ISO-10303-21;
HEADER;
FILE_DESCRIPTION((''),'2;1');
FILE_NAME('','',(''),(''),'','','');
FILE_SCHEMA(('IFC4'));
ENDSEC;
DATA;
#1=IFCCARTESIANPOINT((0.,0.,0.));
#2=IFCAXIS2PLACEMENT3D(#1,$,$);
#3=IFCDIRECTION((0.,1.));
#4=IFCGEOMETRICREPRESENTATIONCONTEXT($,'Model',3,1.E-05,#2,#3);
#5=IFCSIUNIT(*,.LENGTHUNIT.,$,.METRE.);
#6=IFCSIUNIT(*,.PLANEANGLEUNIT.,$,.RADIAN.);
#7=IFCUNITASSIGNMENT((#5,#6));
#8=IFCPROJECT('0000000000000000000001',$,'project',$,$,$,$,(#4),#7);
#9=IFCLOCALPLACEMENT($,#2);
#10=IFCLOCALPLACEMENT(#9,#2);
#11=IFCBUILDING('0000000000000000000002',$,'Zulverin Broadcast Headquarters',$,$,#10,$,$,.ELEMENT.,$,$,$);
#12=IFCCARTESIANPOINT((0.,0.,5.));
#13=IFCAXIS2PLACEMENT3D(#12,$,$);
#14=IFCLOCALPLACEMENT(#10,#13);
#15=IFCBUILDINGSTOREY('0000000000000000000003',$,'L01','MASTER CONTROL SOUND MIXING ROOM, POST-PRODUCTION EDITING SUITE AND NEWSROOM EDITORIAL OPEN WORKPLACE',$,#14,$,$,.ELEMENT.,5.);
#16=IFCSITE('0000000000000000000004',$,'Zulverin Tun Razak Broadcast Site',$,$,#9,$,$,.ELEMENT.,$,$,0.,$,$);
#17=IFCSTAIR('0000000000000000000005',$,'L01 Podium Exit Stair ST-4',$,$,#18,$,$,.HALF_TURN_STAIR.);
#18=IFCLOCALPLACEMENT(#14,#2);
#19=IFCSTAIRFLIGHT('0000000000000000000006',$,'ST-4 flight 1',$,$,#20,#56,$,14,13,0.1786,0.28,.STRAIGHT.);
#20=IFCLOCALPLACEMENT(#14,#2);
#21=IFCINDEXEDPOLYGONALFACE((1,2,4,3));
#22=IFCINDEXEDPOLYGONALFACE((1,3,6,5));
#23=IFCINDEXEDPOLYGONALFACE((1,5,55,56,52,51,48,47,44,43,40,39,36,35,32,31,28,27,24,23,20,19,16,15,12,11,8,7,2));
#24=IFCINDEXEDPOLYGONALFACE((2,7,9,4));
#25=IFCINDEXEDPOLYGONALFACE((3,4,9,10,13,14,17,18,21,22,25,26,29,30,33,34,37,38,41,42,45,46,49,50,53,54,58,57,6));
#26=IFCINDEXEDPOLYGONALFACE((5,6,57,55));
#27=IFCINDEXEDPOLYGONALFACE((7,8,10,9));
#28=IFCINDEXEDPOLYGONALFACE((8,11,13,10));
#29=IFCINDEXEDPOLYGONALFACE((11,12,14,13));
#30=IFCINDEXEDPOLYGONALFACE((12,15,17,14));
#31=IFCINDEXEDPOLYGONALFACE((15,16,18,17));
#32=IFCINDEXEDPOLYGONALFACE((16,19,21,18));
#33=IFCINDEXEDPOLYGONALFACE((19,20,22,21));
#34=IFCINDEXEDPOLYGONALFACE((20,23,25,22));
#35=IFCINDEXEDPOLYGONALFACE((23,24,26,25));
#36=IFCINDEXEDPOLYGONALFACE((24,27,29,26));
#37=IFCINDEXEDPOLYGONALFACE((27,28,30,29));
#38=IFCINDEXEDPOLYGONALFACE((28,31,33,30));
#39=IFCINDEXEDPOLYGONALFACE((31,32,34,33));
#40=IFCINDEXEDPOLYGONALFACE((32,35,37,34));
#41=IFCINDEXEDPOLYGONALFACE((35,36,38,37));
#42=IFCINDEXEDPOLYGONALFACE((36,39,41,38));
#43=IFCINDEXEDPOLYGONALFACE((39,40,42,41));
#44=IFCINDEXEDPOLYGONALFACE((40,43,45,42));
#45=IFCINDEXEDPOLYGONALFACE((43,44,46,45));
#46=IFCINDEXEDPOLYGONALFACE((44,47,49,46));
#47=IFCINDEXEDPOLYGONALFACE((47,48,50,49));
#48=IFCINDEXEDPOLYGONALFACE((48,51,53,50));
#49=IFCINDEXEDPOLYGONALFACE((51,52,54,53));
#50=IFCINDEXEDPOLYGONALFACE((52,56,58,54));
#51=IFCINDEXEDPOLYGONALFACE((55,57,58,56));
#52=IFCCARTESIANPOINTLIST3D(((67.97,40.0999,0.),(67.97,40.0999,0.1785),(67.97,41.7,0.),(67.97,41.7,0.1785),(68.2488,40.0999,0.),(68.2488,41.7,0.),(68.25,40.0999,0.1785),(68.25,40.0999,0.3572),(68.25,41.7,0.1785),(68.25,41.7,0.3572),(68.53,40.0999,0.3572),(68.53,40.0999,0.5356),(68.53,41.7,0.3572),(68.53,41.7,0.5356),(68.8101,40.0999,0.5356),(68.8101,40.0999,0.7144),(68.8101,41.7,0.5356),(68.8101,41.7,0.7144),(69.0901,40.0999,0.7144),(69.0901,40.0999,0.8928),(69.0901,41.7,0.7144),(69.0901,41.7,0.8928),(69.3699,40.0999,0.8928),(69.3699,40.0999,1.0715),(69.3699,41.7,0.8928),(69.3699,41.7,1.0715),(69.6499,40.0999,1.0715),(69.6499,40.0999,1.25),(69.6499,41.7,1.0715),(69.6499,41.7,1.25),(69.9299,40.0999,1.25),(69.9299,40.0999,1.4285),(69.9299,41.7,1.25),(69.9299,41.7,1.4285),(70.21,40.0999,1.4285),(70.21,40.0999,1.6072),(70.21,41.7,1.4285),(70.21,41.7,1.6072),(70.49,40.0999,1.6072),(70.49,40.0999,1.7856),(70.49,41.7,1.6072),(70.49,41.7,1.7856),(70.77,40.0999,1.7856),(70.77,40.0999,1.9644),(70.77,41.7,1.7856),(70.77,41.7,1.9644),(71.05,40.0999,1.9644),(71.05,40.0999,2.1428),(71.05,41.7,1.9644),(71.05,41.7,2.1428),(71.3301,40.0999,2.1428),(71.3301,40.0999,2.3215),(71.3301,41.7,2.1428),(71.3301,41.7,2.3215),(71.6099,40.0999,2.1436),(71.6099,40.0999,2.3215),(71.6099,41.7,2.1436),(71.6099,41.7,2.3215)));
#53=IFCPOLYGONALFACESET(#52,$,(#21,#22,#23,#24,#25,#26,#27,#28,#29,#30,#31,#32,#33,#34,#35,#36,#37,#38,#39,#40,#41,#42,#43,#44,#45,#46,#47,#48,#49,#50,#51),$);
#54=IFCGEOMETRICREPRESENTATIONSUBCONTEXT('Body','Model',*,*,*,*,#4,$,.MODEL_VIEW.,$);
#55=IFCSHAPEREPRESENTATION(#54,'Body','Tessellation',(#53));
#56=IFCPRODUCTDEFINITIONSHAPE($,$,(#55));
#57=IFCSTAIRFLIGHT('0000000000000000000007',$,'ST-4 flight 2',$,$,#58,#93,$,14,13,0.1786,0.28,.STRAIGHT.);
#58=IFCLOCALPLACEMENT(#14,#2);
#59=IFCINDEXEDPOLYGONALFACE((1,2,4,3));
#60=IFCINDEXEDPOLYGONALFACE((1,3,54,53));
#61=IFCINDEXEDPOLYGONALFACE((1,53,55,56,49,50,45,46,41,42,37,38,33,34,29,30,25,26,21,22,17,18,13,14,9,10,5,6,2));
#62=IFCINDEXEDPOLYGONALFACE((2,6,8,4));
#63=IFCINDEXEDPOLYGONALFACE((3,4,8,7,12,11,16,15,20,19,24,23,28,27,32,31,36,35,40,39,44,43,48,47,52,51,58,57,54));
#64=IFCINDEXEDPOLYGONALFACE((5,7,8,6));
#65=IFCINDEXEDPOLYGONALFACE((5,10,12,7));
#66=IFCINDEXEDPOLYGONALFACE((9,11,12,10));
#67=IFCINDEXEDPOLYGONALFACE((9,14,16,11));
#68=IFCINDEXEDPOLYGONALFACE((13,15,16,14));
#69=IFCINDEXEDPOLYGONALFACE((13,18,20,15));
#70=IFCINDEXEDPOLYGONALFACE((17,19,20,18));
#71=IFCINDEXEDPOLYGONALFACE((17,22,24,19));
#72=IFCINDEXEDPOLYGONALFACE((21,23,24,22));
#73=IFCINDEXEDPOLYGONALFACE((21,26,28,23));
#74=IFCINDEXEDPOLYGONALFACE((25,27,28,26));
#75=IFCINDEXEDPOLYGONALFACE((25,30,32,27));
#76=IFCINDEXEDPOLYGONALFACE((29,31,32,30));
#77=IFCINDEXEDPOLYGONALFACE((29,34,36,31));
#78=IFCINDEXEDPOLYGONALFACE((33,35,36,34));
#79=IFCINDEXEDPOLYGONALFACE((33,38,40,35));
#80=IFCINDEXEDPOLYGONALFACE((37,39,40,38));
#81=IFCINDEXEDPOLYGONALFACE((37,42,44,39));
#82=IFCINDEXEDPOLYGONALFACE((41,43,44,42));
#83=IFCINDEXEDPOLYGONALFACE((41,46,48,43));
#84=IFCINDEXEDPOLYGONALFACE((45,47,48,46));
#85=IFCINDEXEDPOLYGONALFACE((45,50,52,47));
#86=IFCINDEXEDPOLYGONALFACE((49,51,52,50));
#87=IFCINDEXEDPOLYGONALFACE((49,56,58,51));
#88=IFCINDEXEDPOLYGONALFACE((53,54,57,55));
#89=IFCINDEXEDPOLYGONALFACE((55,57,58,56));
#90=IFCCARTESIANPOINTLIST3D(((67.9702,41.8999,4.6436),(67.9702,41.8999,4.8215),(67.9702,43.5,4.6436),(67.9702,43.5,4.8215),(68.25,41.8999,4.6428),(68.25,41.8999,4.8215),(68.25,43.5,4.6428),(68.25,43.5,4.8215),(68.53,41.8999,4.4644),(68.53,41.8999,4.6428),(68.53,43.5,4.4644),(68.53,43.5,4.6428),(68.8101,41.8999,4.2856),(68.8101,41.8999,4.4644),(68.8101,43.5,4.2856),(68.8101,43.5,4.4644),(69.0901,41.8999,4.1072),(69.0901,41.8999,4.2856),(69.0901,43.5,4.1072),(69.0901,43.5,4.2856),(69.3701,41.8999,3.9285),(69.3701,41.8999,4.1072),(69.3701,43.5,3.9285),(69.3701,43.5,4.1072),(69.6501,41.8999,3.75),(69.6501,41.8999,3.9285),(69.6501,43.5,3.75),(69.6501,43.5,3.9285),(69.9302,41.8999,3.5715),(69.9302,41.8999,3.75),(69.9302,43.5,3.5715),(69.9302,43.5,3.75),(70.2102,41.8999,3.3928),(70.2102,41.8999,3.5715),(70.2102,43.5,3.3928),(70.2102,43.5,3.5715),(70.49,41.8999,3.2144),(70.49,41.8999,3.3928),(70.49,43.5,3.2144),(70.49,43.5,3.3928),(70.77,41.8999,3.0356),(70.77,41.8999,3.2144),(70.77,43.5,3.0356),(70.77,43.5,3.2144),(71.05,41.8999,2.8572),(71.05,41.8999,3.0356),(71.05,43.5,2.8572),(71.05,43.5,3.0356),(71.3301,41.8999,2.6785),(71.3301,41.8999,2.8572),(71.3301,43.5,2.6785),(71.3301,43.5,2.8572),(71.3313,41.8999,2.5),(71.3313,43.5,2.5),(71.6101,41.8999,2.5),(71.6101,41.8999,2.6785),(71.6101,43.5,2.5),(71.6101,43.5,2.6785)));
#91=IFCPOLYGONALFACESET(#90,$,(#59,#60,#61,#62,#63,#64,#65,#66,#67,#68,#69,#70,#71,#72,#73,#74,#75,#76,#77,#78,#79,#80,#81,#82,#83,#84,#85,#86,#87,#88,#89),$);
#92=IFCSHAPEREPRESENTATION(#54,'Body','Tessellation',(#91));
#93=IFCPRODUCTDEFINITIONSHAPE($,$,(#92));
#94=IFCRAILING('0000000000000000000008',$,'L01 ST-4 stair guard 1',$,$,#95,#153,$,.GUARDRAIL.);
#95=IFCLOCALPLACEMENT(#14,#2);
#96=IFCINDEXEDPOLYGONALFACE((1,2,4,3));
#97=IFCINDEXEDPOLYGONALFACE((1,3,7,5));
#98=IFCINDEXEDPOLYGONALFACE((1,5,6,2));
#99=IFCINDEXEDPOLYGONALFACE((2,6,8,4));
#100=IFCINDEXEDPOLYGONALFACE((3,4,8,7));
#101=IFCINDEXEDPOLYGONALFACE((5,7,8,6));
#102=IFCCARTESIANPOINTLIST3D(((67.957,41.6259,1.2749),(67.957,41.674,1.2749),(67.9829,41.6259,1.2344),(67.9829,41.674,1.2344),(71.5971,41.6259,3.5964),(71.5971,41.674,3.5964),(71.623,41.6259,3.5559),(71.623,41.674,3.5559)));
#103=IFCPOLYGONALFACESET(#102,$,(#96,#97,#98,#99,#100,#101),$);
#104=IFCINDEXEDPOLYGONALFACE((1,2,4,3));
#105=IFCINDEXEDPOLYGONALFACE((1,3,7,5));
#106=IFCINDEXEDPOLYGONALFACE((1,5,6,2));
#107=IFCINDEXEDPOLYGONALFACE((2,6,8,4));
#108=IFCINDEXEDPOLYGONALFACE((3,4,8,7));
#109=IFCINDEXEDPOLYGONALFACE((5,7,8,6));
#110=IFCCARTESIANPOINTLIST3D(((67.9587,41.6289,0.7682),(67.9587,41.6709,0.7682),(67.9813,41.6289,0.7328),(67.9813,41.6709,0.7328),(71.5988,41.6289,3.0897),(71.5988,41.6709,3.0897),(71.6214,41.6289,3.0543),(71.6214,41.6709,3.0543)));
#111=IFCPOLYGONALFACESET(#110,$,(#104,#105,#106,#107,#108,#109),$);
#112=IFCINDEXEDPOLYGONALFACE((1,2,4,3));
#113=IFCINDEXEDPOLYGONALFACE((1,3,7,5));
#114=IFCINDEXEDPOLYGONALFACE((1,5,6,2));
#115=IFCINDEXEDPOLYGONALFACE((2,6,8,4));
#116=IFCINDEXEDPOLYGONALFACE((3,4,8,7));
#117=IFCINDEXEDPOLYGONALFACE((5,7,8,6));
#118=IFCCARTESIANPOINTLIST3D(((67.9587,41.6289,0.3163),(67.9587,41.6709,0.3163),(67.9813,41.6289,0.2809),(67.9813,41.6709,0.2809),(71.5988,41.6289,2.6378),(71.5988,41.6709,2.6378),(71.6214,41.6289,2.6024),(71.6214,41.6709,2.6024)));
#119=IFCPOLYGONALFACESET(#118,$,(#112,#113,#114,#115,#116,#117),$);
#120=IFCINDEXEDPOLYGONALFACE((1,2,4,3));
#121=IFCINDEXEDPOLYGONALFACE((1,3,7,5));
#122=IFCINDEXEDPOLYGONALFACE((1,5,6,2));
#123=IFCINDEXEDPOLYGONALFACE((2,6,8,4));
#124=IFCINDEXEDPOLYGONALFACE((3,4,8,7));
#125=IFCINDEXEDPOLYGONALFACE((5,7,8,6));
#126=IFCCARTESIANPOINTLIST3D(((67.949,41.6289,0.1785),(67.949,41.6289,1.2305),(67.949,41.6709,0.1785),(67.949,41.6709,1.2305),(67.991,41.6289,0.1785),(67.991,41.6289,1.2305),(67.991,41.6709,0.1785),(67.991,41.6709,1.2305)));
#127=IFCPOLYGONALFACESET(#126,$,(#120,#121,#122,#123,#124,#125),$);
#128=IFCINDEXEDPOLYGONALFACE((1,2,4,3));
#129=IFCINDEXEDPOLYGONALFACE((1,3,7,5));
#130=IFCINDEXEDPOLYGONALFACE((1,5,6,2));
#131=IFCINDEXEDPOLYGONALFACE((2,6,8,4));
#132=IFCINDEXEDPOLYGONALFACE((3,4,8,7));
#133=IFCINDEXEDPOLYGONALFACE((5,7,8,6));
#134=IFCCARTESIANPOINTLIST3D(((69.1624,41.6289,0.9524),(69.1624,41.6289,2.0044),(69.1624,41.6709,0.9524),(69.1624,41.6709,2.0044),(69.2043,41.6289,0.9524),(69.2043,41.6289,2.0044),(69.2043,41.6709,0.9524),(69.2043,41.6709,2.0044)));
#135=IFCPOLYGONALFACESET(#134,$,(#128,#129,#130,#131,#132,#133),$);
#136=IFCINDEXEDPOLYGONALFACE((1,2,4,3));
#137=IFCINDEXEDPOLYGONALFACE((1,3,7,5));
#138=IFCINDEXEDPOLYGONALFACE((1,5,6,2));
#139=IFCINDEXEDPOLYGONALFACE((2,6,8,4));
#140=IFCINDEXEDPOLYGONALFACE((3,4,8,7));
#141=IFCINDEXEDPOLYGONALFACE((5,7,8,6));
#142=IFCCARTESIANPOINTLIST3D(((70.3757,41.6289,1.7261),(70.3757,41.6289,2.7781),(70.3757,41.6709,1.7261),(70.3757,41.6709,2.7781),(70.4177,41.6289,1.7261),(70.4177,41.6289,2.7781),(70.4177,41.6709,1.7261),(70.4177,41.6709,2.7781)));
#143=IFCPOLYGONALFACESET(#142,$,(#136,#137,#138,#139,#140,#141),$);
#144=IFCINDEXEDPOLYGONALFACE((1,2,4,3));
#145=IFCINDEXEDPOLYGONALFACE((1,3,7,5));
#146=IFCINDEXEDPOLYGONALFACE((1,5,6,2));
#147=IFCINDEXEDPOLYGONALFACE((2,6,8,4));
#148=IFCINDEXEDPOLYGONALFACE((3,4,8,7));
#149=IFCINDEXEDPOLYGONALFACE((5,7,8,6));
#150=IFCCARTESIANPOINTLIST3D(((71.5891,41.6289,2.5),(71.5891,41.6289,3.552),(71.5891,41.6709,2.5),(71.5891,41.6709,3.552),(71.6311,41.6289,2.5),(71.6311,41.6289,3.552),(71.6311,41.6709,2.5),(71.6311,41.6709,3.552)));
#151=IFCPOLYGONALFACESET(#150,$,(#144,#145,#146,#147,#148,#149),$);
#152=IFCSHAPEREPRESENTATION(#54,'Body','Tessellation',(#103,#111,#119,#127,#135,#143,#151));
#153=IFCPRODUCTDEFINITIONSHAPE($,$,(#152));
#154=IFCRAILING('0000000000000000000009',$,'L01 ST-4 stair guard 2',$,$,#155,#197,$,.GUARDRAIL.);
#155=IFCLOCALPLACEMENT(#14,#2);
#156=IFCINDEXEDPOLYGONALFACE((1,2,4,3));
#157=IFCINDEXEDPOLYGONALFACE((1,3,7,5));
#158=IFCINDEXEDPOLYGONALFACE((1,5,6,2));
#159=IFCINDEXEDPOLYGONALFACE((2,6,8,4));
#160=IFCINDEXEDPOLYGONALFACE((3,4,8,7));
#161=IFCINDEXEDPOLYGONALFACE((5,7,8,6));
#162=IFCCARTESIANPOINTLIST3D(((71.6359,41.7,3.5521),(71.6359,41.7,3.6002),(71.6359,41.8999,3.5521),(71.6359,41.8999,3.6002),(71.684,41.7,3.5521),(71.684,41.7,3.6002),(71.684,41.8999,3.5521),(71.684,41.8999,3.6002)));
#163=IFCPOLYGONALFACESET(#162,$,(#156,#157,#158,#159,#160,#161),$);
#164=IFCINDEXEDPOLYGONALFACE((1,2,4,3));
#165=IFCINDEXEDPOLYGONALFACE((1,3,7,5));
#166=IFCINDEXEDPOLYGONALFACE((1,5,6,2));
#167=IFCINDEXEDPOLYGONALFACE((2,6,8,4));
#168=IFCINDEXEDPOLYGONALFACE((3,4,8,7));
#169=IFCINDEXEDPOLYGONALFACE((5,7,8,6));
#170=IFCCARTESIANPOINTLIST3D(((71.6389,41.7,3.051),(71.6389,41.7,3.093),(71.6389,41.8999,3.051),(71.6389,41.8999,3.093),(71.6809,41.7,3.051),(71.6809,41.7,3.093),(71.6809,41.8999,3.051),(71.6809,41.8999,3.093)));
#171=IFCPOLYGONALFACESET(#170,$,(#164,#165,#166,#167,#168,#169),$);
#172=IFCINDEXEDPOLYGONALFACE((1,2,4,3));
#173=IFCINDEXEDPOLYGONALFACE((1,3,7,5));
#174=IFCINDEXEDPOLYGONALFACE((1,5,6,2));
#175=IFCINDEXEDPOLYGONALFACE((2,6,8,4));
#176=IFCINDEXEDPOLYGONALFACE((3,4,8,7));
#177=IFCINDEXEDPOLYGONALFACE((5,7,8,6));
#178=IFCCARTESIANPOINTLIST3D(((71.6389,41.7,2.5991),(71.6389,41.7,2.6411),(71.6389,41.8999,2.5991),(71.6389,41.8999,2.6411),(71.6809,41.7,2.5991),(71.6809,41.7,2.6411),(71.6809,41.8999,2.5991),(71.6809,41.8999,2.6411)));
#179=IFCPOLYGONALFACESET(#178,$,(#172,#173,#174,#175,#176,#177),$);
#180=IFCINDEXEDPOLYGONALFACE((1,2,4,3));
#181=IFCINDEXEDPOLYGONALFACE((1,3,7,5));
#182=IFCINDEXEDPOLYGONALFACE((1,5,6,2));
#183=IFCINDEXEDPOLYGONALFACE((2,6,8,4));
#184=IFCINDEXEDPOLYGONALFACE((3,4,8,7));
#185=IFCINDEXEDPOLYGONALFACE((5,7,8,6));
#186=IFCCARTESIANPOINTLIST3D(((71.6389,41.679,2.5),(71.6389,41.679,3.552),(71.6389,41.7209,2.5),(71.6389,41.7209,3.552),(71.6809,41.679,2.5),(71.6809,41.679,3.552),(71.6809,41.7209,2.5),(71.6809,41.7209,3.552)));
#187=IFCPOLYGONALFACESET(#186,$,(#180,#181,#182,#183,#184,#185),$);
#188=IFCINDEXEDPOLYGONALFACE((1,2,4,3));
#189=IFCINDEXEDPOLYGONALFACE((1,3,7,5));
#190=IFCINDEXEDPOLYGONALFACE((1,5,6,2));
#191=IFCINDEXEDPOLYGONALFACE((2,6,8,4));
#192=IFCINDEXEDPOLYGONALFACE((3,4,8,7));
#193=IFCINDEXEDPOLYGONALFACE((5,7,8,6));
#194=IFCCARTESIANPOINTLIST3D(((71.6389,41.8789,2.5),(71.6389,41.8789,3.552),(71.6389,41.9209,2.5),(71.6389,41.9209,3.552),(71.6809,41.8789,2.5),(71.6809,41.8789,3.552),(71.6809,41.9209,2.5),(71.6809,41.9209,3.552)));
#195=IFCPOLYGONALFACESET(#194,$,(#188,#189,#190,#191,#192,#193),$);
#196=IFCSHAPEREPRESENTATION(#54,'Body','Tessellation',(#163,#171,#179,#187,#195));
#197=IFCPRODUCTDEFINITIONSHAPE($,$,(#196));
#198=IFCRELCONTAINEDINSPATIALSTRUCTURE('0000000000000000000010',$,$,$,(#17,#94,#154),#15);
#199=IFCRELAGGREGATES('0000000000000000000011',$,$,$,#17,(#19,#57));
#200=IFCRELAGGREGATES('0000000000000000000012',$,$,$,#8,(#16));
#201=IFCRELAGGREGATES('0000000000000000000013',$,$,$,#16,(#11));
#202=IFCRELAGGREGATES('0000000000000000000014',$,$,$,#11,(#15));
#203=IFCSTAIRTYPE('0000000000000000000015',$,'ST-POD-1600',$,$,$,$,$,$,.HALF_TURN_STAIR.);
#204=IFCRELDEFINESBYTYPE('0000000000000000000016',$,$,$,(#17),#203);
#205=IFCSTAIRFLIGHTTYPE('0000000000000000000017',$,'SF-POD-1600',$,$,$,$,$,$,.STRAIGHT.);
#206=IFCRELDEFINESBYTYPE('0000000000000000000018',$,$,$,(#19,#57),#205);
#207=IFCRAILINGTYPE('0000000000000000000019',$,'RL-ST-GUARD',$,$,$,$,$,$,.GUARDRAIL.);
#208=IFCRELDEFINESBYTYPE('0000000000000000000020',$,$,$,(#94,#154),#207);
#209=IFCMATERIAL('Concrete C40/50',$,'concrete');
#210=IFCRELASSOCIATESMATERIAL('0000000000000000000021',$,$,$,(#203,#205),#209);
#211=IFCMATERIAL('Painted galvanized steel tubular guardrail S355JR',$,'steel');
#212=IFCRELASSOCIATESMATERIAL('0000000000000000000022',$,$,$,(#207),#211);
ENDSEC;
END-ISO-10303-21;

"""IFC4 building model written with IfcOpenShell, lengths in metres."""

from ifc_helpers import new_model, si_unit, direction, frame, origin, origin_2d, place, context, subcontext, project, spatial, polyline, rectangle, outline, extrude, material, type_object, element, aggregate, save


model = new_model("IFC4")

# Units and contexts
model_context = context("Model", 3, precision=1e-05, world=origin(), true_north=direction((0.0, 1.0)))
body_context = subcontext(model_context, "Body", "Model", "MODEL_VIEW")
ifc_project = project(units=[si_unit("LENGTHUNIT", "METRE"), si_unit("PLANEANGLEUNIT", "RADIAN")], contexts=[model_context])

# Site, building, storey
site_placement = place(None, origin())
site = spatial("IfcSite", under=ifc_project, at=site_placement, Name="Zulverin Tun Razak Broadcast Site", CompositionType="ELEMENT", RefElevation=0.0)
building_placement = place(site_placement, origin())
building = spatial("IfcBuilding", under=site, at=building_placement, Name="Zulverin Broadcast Headquarters", CompositionType="ELEMENT")
storey_placement = place(building_placement, frame((0.0, 0.0, 5.0)))
storey = spatial("IfcBuildingStorey", under=building, at=storey_placement, Name="L01", Description="MASTER CONTROL SOUND MIXING ROOM, POST-PRODUCTION EDITING SUITE AND NEWSROOM EDITORIAL OPEN WORKPLACE", CompositionType="ELEMENT", Elevation=5.0)

# Shared definitions
ifc_material_1 = material(Name="Concrete C40/50", Category="concrete")

# Stair, stair flights
stair_type = type_object("IfcStairType", Name="ST-POD-1600", PredefinedType="HALF_TURN_STAIR", material=ifc_material_1)
stair_placement = place(storey_placement, origin())
stair = element("IfcStair", 1, at=stair_placement, inside=storey, type_object=stair_type, Name="L01 Podium Exit Stair ST-4", PredefinedType="HALF_TURN_STAIR")
stair_flight_type = type_object("IfcStairFlightType", Name="SF-POD-1600", PredefinedType="STRAIGHT", material=ifc_material_1)
stair_flight_1_placement = place(storey_placement, frame((67.97, 40.8999, 0.0), z_axis=(0.0, 0.0, 1.0), x_axis=(1.0, 0.0, 0.0)))
stair_flight_1 = element("IfcStairFlight", 2, at=stair_flight_1_placement, type_object=stair_flight_type, Name="ST-4 flight 1", NumberOfRisers=14, NumberOfTreads=13, PredefinedType="STRAIGHT", RiserHeight=0.1786, TreadLength=0.28, context=body_context, shape_type="SweptSolid", body=[
    extrude(outline(polyline([(0.0, 0.0), (0.0, 0.1785), (0.28, 0.1785), (0.28, 0.3572), (0.5601, 0.3572), (0.5601, 0.5356), (0.8401, 0.5356), (0.8401, 0.7144), (1.1201, 0.7144), (1.1201, 0.8928), (1.3999, 0.8928), (1.3999, 1.0715), (1.6799, 1.0715), (1.6799, 1.25), (1.96, 1.25), (1.96, 1.4285), (2.24, 1.4285), (2.24, 1.6072), (2.52, 1.6072), (2.52, 1.7856), (2.8, 1.7856), (2.8, 1.9644), (3.0801, 1.9644), (3.0801, 2.1428), (3.3601, 2.1428), (3.3601, 2.3215), (3.6399, 2.3215), (3.6399, 2.5), (3.6399, 2.1436), (0.2788, 0.0), (0.0, 0.0)])), frame((0.0, 0.8, 0.0), z_axis=(0.0, -1.0, 0.0), x_axis=(1.0, 0.0, 0.0)), (0.0, 0.0, 1.0), 1.6001),
])
stair_flight_2_placement = place(storey_placement, frame((71.6101, 42.7, 2.5), z_axis=(0.0, 0.0, 1.0), x_axis=(-1.0, 0.0, 0.0)))
stair_flight_2 = element("IfcStairFlight", 3, at=stair_flight_2_placement, type_object=stair_flight_type, Name="ST-4 flight 2", NumberOfRisers=14, NumberOfTreads=13, PredefinedType="STRAIGHT", RiserHeight=0.1786, TreadLength=0.28, context=body_context, shape_type="SweptSolid", body=[
    extrude(outline(polyline([(0.0, 0.0), (0.0, 0.1785), (0.28, 0.1785), (0.28, 0.3572), (0.5601, 0.3572), (0.5601, 0.5356), (0.8401, 0.5356), (0.8401, 0.7144), (1.1201, 0.7144), (1.1201, 0.8928), (1.3999, 0.8928), (1.3999, 1.0715), (1.6799, 1.0715), (1.6799, 1.25), (1.96, 1.25), (1.96, 1.4285), (2.24, 1.4285), (2.24, 1.6072), (2.52, 1.6072), (2.52, 1.7856), (2.8, 1.7856), (2.8, 1.9644), (3.0801, 1.9644), (3.0801, 2.1428), (3.3601, 2.1428), (3.3601, 2.3215), (3.6399, 2.3215), (3.6399, 2.5), (3.6399, 2.1436), (0.2788, 0.0), (0.0, 0.0)])), frame((0.0, 0.8, 0.0), z_axis=(0.0, -1.0, 0.0), x_axis=(1.0, 0.0, 0.0)), (0.0, 0.0, 1.0), 1.6001),
])
aggregate(stair, [stair_flight_1, stair_flight_2])

# Railings
ifc_material_2 = material(Name="Painted galvanized steel tubular guardrail S355JR", Category="steel")
railing_type_1 = type_object("IfcRailingType", Name="RL-ST-GUARD", PredefinedType="GUARDRAIL", material=ifc_material_2)
railing_1_placement = place(storey_placement, frame((67.97, 41.6499, 0.1785)))
element("IfcRailing", 4, at=railing_1_placement, inside=storey, type_object=railing_type_1, Name="L01 ST-4 stair guard 1", PredefinedType="GUARDRAIL", context=body_context, shape_type="SweptSolid", body=[
    extrude(rectangle(XDim=0.0481, YDim=0.0481, at=origin_2d()), frame((0.0, 0.0, 1.0762), z_axis=(0.843128, 0.0, 0.537713), x_axis=(0.0, 1.0, 0.0)), (0.0, 0.0, 1.0), 4.3174),
    extrude(rectangle(XDim=0.042, YDim=0.042, at=origin_2d()), frame((0.0, 0.0, 0.572), z_axis=(0.843128, 0.0, 0.537713), x_axis=(0.0, 1.0, 0.0)), (0.0, 0.0, 1.0), 4.3174),
    extrude(rectangle(XDim=0.042, YDim=0.042, at=origin_2d()), frame((0.0, 0.0, 0.1201), z_axis=(0.843128, 0.0, 0.537713), x_axis=(0.0, 1.0, 0.0)), (0.0, 0.0, 1.0), 4.3174),
    extrude(rectangle(XDim=0.042, YDim=0.042, at=origin_2d()), origin(), (0.0, 0.0, 1.0), 1.052),
    extrude(rectangle(XDim=0.042, YDim=0.042, at=origin_2d()), frame((1.2134, 0.0, 0.7739)), (0.0, 0.0, 1.0), 1.052),
    extrude(rectangle(XDim=0.042, YDim=0.042, at=origin_2d()), frame((2.4268, 0.0, 1.5476)), (0.0, 0.0, 1.0), 1.052),
    extrude(rectangle(XDim=0.042, YDim=0.042, at=origin_2d()), frame((3.6401, 0.0, 2.3215)), (0.0, 0.0, 1.0), 1.052),
])
railing_2_placement = place(storey_placement, frame((71.6599, 41.7, 2.5)))
element("IfcRailing", 5, at=railing_2_placement, inside=storey, type_object=railing_type_1, Name="L01 ST-4 stair guard 2", PredefinedType="GUARDRAIL", context=body_context, shape_type="SweptSolid", body=[
    extrude(rectangle(XDim=0.0481, YDim=0.0481, at=origin_2d()), frame((0.0, 0.0, 1.0762), z_axis=(0.0, 1.0, 0.0), x_axis=(-1.0, 0.0, 0.0)), (0.0, 0.0, 1.0), 0.2),
    extrude(rectangle(XDim=0.042, YDim=0.042, at=origin_2d()), frame((0.0, 0.0, 0.572), z_axis=(0.0, 1.0, 0.0), x_axis=(-1.0, 0.0, 0.0)), (0.0, 0.0, 1.0), 0.2),
    extrude(rectangle(XDim=0.042, YDim=0.042, at=origin_2d()), frame((0.0, 0.0, 0.1201), z_axis=(0.0, 1.0, 0.0), x_axis=(-1.0, 0.0, 0.0)), (0.0, 0.0, 1.0), 0.2),
    extrude(rectangle(XDim=0.042, YDim=0.042, at=origin_2d()), origin(), (0.0, 0.0, 1.0), 1.052),
    extrude(rectangle(XDim=0.042, YDim=0.042, at=origin_2d()), frame((0.0, 0.2, 0.0)), (0.0, 0.0, 1.0), 1.052),
])

save(model, "model.ifc")
